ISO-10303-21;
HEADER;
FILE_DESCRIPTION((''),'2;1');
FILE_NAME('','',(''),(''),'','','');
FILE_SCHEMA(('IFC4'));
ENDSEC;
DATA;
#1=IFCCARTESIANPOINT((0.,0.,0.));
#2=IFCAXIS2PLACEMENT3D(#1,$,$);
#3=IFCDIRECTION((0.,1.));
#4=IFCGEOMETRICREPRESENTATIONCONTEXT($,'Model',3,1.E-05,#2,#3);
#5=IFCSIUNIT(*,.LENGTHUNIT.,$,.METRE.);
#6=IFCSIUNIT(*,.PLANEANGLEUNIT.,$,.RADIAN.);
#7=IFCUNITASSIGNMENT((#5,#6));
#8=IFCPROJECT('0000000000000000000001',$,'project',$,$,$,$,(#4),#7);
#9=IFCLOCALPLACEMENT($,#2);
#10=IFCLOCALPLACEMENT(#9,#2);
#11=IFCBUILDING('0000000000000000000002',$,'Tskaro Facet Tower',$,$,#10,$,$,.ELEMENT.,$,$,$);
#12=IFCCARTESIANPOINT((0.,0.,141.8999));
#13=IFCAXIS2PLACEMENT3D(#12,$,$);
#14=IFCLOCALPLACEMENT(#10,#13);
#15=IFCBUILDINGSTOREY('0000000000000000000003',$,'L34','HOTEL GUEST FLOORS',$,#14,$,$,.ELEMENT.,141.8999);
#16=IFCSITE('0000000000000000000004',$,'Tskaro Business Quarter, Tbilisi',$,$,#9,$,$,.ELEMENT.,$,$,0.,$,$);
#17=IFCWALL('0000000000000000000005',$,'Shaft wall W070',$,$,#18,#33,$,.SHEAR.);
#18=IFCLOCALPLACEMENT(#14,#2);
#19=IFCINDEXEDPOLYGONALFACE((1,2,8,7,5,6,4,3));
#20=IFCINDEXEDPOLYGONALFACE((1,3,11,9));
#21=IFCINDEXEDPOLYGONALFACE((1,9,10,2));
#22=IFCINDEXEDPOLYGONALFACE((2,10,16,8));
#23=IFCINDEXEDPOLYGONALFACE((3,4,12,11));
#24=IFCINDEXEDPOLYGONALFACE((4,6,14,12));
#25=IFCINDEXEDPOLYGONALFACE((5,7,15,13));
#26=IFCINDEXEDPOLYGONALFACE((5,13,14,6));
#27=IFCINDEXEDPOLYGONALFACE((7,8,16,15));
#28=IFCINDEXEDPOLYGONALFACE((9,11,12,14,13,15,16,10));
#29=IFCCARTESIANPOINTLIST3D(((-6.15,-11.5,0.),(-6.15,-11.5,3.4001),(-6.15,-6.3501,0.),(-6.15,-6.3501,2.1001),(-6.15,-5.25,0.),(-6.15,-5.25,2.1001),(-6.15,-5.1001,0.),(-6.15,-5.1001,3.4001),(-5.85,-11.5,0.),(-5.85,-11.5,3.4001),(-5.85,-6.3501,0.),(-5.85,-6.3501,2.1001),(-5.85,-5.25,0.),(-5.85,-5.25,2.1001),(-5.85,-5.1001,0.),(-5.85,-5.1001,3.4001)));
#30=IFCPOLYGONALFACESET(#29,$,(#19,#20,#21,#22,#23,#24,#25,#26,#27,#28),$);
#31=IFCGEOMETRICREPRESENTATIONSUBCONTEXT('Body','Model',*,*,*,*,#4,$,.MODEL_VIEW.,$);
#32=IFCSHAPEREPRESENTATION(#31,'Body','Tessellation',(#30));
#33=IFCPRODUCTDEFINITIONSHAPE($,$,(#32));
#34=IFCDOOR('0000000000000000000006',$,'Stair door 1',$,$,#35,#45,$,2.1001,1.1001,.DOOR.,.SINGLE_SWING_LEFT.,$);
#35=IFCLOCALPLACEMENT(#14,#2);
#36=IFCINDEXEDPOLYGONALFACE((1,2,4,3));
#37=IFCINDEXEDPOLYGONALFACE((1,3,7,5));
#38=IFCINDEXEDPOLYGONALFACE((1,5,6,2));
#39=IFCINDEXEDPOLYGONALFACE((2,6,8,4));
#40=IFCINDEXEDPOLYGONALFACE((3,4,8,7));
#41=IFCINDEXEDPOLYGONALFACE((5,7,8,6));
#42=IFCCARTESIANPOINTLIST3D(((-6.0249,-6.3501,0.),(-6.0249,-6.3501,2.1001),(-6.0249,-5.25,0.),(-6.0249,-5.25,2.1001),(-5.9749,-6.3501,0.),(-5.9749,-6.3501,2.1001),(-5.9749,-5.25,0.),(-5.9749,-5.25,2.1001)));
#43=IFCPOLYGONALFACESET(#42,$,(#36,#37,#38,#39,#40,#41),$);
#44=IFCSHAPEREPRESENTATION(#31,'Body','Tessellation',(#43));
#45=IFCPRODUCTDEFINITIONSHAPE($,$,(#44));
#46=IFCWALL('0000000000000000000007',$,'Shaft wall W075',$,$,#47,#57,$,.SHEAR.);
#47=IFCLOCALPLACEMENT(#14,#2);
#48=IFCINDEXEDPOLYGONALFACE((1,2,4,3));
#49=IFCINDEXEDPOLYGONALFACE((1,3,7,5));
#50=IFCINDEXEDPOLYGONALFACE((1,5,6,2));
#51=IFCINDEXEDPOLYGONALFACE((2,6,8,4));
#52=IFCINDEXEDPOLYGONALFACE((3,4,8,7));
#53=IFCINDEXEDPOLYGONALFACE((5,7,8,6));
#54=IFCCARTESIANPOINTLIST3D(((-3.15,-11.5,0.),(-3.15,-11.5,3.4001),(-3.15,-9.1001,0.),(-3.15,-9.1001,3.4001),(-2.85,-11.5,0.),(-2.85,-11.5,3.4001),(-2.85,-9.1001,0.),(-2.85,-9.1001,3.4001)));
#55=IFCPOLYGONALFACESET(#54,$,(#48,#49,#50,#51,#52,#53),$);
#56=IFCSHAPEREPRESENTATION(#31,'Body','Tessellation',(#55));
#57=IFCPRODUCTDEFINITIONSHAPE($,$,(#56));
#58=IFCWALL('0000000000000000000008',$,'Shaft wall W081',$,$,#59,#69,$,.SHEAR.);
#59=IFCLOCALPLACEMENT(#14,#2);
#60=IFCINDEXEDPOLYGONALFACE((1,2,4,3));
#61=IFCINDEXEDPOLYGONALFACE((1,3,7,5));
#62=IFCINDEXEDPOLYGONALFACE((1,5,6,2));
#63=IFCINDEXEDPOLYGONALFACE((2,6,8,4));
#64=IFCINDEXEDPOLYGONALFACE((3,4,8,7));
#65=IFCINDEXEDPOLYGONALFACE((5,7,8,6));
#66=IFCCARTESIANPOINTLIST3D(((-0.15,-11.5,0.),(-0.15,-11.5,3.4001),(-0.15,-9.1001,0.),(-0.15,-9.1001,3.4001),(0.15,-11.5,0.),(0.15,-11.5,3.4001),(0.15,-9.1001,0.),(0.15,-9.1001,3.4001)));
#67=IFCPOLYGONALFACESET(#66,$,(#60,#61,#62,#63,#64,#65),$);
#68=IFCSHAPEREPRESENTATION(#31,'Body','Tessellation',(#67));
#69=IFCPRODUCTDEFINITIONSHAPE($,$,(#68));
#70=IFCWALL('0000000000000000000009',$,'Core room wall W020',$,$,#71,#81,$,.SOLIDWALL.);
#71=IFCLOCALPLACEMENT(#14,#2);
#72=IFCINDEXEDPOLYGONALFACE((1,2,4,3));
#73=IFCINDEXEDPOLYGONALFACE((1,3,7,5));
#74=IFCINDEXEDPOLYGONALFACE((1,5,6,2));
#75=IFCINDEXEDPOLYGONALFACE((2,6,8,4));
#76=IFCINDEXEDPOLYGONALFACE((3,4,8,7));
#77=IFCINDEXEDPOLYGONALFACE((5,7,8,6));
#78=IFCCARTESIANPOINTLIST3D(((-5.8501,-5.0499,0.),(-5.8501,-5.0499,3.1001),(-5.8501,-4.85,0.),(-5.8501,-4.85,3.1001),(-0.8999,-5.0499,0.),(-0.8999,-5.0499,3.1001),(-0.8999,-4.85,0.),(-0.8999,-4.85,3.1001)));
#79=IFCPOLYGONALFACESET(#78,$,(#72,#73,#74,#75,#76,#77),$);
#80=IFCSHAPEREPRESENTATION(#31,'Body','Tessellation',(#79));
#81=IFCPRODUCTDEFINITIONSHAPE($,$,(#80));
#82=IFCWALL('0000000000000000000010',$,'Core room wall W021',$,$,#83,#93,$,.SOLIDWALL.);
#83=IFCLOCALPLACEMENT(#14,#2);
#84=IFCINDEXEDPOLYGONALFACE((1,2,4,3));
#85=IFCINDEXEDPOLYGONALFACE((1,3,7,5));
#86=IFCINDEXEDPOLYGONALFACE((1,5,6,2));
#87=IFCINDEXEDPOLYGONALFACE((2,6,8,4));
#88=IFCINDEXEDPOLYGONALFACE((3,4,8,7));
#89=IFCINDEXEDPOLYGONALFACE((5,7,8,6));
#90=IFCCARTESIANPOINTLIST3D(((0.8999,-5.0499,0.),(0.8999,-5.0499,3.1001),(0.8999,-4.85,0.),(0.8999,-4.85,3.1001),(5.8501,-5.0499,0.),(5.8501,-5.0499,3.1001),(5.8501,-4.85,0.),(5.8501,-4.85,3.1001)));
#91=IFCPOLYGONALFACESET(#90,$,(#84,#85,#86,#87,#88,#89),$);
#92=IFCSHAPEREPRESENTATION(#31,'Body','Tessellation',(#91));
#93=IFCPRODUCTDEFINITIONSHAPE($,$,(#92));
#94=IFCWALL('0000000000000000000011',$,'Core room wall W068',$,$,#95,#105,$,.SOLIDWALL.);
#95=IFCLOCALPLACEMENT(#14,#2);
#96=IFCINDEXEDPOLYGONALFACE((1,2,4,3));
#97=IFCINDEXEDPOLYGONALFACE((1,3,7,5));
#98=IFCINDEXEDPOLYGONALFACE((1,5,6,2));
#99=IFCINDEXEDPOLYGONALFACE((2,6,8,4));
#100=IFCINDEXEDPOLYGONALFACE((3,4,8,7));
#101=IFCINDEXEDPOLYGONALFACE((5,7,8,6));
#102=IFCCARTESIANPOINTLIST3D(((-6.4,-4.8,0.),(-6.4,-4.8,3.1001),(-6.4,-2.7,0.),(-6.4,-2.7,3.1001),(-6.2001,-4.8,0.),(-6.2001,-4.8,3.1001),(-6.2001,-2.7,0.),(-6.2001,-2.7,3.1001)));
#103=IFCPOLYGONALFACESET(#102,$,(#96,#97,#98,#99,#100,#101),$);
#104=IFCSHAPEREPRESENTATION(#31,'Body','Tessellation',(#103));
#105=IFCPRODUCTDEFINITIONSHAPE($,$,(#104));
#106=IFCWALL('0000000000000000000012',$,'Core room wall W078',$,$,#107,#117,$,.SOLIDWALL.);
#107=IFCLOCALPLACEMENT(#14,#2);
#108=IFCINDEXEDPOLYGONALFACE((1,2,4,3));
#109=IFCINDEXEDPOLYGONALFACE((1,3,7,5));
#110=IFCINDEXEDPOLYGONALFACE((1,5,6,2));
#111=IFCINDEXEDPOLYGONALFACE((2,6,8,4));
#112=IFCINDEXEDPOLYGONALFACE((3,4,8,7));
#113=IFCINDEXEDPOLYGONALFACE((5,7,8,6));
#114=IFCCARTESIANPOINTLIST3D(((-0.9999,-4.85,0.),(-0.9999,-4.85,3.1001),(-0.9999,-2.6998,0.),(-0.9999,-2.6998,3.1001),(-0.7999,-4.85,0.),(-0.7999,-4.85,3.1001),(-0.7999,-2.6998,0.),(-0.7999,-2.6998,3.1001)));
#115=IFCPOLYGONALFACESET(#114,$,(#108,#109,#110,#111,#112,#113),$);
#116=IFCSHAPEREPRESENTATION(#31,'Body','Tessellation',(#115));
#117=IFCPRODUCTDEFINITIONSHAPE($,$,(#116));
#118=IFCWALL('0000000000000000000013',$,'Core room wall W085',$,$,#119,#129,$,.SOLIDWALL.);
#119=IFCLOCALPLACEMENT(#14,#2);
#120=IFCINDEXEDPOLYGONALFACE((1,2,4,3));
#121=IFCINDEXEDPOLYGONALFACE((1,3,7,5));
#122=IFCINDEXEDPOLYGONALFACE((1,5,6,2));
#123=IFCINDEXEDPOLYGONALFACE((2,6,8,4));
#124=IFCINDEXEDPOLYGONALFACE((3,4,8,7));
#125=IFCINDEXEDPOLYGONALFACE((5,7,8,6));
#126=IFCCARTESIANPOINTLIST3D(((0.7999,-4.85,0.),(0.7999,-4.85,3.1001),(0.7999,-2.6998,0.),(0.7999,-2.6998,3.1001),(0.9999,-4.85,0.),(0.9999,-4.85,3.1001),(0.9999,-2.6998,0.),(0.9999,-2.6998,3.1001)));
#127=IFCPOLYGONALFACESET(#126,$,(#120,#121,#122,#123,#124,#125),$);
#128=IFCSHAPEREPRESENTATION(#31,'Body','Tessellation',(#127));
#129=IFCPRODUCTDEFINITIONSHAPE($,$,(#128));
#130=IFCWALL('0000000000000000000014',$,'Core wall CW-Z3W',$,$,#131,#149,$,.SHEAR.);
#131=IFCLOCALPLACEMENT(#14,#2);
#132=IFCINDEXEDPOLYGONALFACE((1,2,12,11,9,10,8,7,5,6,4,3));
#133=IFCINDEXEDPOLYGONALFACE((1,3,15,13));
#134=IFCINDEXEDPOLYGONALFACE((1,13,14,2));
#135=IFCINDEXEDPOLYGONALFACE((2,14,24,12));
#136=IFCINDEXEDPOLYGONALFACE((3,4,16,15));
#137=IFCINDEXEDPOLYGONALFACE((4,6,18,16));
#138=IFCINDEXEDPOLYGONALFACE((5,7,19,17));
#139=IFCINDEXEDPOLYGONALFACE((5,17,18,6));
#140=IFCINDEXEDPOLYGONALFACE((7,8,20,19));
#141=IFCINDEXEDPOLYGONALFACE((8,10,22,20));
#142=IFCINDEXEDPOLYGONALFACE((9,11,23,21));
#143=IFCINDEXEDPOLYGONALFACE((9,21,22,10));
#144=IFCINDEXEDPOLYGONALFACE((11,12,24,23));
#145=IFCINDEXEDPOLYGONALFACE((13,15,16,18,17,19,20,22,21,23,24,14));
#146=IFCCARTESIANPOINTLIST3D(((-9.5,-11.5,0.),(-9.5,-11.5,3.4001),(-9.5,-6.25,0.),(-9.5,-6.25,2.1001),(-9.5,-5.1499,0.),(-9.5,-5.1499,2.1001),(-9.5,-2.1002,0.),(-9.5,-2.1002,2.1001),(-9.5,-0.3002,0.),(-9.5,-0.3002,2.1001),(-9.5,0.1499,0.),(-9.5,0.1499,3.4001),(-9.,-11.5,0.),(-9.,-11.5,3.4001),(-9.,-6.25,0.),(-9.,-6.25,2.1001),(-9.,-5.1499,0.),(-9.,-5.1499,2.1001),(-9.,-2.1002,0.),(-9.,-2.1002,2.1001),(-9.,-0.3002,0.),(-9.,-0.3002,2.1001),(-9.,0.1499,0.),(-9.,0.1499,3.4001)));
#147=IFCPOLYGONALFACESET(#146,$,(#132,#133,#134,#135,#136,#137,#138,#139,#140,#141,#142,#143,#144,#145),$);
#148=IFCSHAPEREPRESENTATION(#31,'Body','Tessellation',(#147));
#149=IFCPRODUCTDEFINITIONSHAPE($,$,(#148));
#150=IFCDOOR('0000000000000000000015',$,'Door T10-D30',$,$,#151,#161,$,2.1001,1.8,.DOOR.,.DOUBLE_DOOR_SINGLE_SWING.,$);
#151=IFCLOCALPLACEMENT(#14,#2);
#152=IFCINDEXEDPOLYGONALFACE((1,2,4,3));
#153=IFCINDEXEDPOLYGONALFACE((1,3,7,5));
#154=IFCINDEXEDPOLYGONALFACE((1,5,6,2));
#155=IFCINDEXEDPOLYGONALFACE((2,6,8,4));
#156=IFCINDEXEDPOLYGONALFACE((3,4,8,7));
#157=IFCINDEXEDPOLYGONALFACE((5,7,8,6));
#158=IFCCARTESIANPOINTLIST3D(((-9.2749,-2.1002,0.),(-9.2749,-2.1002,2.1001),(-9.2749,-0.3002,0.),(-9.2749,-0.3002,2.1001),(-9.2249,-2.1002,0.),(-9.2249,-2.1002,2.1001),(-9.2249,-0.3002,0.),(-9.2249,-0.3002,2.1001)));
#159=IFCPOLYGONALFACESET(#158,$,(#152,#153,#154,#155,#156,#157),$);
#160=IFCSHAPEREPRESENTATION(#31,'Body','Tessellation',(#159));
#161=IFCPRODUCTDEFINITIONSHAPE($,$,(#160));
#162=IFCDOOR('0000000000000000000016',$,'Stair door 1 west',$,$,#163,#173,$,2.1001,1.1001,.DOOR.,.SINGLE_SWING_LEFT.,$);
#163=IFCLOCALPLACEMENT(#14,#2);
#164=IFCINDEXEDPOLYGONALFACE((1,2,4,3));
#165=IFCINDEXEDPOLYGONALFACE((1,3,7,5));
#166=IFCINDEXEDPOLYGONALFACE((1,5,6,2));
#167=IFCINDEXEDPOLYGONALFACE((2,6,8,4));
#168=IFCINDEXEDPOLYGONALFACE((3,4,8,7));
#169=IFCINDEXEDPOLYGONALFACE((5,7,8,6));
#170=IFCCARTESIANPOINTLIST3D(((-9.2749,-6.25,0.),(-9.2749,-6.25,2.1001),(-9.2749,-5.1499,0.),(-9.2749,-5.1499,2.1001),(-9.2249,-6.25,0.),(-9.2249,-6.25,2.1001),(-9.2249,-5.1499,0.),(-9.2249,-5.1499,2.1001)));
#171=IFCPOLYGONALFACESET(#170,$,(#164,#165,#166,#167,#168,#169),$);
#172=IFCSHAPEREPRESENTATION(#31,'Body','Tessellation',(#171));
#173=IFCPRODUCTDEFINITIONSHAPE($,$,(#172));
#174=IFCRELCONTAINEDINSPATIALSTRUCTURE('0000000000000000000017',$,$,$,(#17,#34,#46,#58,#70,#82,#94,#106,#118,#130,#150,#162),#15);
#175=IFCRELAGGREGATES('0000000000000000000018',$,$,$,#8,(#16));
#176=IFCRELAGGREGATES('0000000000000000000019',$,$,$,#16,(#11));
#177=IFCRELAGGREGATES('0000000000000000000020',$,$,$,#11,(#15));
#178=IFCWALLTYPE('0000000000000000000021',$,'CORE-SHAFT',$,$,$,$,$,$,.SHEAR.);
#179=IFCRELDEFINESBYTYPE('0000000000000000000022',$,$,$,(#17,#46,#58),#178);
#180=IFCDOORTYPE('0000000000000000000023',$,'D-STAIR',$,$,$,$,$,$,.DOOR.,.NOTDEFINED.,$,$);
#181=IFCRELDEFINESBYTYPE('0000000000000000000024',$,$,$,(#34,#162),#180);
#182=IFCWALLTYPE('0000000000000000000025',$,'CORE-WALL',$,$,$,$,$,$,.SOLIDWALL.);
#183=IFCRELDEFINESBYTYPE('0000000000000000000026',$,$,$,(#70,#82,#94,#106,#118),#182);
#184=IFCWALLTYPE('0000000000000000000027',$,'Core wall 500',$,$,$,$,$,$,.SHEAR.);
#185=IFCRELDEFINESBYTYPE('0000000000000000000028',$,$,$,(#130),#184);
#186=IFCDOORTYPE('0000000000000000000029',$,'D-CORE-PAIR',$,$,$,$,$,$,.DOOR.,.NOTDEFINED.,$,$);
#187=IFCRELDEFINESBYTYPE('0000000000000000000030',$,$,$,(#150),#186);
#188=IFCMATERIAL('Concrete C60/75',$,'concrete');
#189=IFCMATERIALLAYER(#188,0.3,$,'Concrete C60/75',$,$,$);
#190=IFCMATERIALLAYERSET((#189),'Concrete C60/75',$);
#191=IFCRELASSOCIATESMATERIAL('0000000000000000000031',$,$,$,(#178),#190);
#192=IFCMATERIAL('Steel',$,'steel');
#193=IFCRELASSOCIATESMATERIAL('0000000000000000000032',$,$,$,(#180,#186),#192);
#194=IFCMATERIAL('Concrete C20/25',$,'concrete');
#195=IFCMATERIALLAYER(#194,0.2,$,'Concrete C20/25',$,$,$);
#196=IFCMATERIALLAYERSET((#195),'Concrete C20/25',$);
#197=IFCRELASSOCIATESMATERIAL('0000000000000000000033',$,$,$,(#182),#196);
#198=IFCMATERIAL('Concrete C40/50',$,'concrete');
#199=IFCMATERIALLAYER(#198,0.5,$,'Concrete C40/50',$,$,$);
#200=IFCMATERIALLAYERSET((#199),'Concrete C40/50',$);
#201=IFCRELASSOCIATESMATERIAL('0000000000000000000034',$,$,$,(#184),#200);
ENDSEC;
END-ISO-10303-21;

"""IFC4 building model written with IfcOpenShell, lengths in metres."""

from ifc_helpers import new_model, si_unit, direction, frame, frame_2d, origin, place, context, subcontext, project, spatial, rectangle, extrude, material, layer, layer_set, type_object, element, fill, save


model = new_model("IFC4")

# Units and contexts
model_context = context("Model", 3, precision=1e-05, world=origin(), true_north=direction((0.0, 1.0)))
body_context = subcontext(model_context, "Body", "Model", "MODEL_VIEW")
ifc_project = project(units=[si_unit("LENGTHUNIT", "METRE"), si_unit("PLANEANGLEUNIT", "RADIAN")], contexts=[model_context])

# Site, building, storey
site_placement = place(None, origin())
site = spatial("IfcSite", under=ifc_project, at=site_placement, Name="Tskaro Business Quarter, Tbilisi", CompositionType="ELEMENT", RefElevation=0.0)
building_placement = place(site_placement, origin())
building = spatial("IfcBuilding", under=site, at=building_placement, Name="Tskaro Facet Tower", CompositionType="ELEMENT")
storey_placement = place(building_placement, frame((0.0, 0.0, 141.8999)))
storey = spatial("IfcBuildingStorey", under=building, at=storey_placement, Name="L34", Description="HOTEL GUEST FLOORS", CompositionType="ELEMENT", Elevation=141.8999)

# Shared definitions
ifc_material_1 = material(Name="Concrete C40/50", Category="concrete")

# Shared definitions
ifc_material_2 = material(Name="Concrete C60/75", Category="concrete")

# Shared definitions
ifc_layer_1 = layer(ifc_material_2, 0.3, Name="Concrete C60/75")
ifc_layer_set_1 = layer_set([ifc_layer_1], Name="Concrete C60/75")
wall_type_1 = type_object("IfcWallType", Name="CORE-SHAFT", PredefinedType="SHEAR", material=ifc_layer_set_1)

# Wall, opening, door
wall_1_placement = place(storey_placement, frame((-6.0, -11.5, 0.0), z_axis=(0.0, 0.0, 1.0), x_axis=(0.0, 1.0, 0.0)))
wall_1 = element("IfcWall", 1, at=wall_1_placement, inside=storey, type_object=wall_type_1, Name="Shaft wall W070", PredefinedType="SHEAR", context=body_context, shape_type="SweptSolid", body=[
    extrude(rectangle(XDim=6.3999, YDim=0.3, at=frame_2d((3.2, 0.0))), origin(), (0.0, 0.0, 1.0), 3.4001),
])
opening_1_placement = place(wall_1_placement, frame((5.1499, 0.0, 0.0)))
opening_1 = element("IfcOpeningElement", 2, at=opening_1_placement, cuts=wall_1, PredefinedType="OPENING", context=body_context, shape_type="SweptSolid", body=[
    extrude(rectangle(XDim=1.1001, YDim=2.1001, at=frame_2d((0.55, 1.05))), frame((0.0, 0.1599, 0.0), z_axis=(0.0, -1.0, 0.0), x_axis=(1.0, 0.0, 0.0)), (0.0, 0.0, 1.0), 0.3201),
])
ifc_material_3 = material(Name="Steel", Category="steel")
door_type_1 = type_object("IfcDoorType", Name="D-STAIR", OperationType="NOTDEFINED", PredefinedType="DOOR", material=ifc_material_3)
door_1_placement = place(opening_1_placement, origin())
door_1 = element("IfcDoor", 3, at=door_1_placement, inside=storey, type_object=door_type_1, Name="Stair door 1", OperationType="SINGLE_SWING_LEFT", OverallHeight=2.1001, OverallWidth=1.1001, PredefinedType="DOOR", context=body_context, shape_type="SweptSolid", body=[
    extrude(rectangle(XDim=1.1001, YDim=2.1001, at=frame_2d((0.55, 1.05))), frame((0.0, 0.0249, 0.0), z_axis=(0.0, -1.0, 0.0), x_axis=(1.0, 0.0, 0.0)), (0.0, 0.0, 1.0), 0.05),
])
fill(opening_1, door_1)

# Walls
for number, where, z_axis, x_axis, name in (
    (4, (-3.0, -11.5, 0.0), (0.0, 0.0, 1.0), (0.0, 1.0, 0.0), "Shaft wall W075"),
    (5, (0.0, -11.5, 0.0), (0.0, 0.0, 1.0), (0.0, 1.0, 0.0), "Shaft wall W081"),
):
    element("IfcWall", number, at=place(storey_placement, frame(where, z_axis=z_axis, x_axis=x_axis)), inside=storey, type_object=wall_type_1, Name=name, PredefinedType="SHEAR", context=body_context, shape_type="SweptSolid", body=[
        extrude(rectangle(XDim=2.3999, YDim=0.3, at=frame_2d((1.2, 0.0))), origin(), (0.0, 0.0, 1.0), 3.4001),
    ])
ifc_material_4 = material(Name="Concrete C20/25", Category="concrete")
ifc_layer_2 = layer(ifc_material_4, 0.2, Name="Concrete C20/25")
ifc_layer_set_2 = layer_set([ifc_layer_2], Name="Concrete C20/25")
wall_type_2 = type_object("IfcWallType", Name="CORE-WALL", PredefinedType="SOLIDWALL", material=ifc_layer_set_2)
for number, where, z_axis, x_axis, name in (
    (6, (-5.8501, -4.95, 0.0), (0.0, 0.0, 1.0), (1.0, 0.0, 0.0), "Core room wall W020"),
    (7, (0.8999, -4.95, 0.0), (0.0, 0.0, 1.0), (1.0, 0.0, 0.0), "Core room wall W021"),
):
    element("IfcWall", number, at=place(storey_placement, frame(where, z_axis=z_axis, x_axis=x_axis)), inside=storey, type_object=wall_type_2, Name=name, PredefinedType="SOLIDWALL", context=body_context, shape_type="SweptSolid", body=[
        extrude(rectangle(XDim=4.9502, YDim=0.2, at=frame_2d((2.4751, 0.0))), origin(), (0.0, 0.0, 1.0), 3.1001),
    ])
wall_2_placement = place(storey_placement, frame((-6.3, -4.8, 0.0), z_axis=(0.0, 0.0, 1.0), x_axis=(0.0, 1.0, 0.0)))
element("IfcWall", 8, at=wall_2_placement, inside=storey, type_object=wall_type_2, Name="Core room wall W068", PredefinedType="SOLIDWALL", context=body_context, shape_type="SweptSolid", body=[
    extrude(rectangle(XDim=2.1001, YDim=0.2, at=frame_2d((1.05, 0.0))), origin(), (0.0, 0.0, 1.0), 3.1001),
])
for number, where, z_axis, x_axis, name in (
    (9, (-0.8999, -4.8501, 0.0), (0.0, 0.0, 1.0), (0.0, 1.0, 0.0), "Core room wall W078"),
    (10, (0.8999, -4.8501, 0.0), (0.0, 0.0, 1.0), (0.0, 1.0, 0.0), "Core room wall W085"),
):
    element("IfcWall", number, at=place(storey_placement, frame(where, z_axis=z_axis, x_axis=x_axis)), inside=storey, type_object=wall_type_2, Name=name, PredefinedType="SOLIDWALL", context=body_context, shape_type="SweptSolid", body=[
        extrude(rectangle(XDim=2.1501, YDim=0.2, at=frame_2d((1.0752, 0.0))), origin(), (0.0, 0.0, 1.0), 3.1001),
    ])

# Wall, openings, doors
ifc_layer_3 = layer(ifc_material_1, 0.5, Name="Concrete C40/50")
ifc_layer_set_3 = layer_set([ifc_layer_3], Name="Concrete C40/50")
wall_type_3 = type_object("IfcWallType", Name="Core wall 500", PredefinedType="SHEAR", material=ifc_layer_set_3)
wall_3_placement = place(storey_placement, frame((-9.25, -11.5, 0.0), z_axis=(0.0, 0.0, 1.0), x_axis=(0.0, 1.0, 0.0)))
wall_3 = element("IfcWall", 11, at=wall_3_placement, inside=storey, type_object=wall_type_3, Name="Core wall CW-Z3W", PredefinedType="SHEAR", context=body_context, shape_type="SweptSolid", body=[
    extrude(rectangle(XDim=11.6499, YDim=0.5, at=frame_2d((5.825, 0.0))), origin(), (0.0, 0.0, 1.0), 3.4001),
])
opening_2_placement = place(wall_3_placement, frame((9.3999, 0.0, 0.0)))
opening_2 = element("IfcOpeningElement", 12, at=opening_2_placement, cuts=wall_3, PredefinedType="OPENING", context=body_context, shape_type="SweptSolid", body=[
    extrude(rectangle(XDim=1.8, YDim=2.1001, at=frame_2d((0.8999, 1.05))), frame((0.0, 0.26, 0.0), z_axis=(0.0, -1.0, 0.0), x_axis=(1.0, 0.0, 0.0)), (0.0, 0.0, 1.0), 0.52),
])
opening_3_placement = place(wall_3_placement, frame((5.25, 0.0, 0.0)))
opening_3 = element("IfcOpeningElement", 13, at=opening_3_placement, cuts=wall_3, PredefinedType="OPENING", context=body_context, shape_type="SweptSolid", body=[
    extrude(rectangle(XDim=1.1001, YDim=2.1001, at=frame_2d((0.55, 1.05))), frame((0.0, 0.26, 0.0), z_axis=(0.0, -1.0, 0.0), x_axis=(1.0, 0.0, 0.0)), (0.0, 0.0, 1.0), 0.52),
])
door_type_2 = type_object("IfcDoorType", Name="D-CORE-PAIR", OperationType="NOTDEFINED", PredefinedType="DOOR", material=ifc_material_3)
door_2_placement = place(opening_2_placement, origin())
door_2 = element("IfcDoor", 14, at=door_2_placement, inside=storey, type_object=door_type_2, Name="Door T10-D30", OperationType="DOUBLE_DOOR_SINGLE_SWING", OverallHeight=2.1001, OverallWidth=1.8, PredefinedType="DOOR", context=body_context, shape_type="SweptSolid", body=[
    extrude(rectangle(XDim=1.8, YDim=2.1001, at=frame_2d((0.8999, 1.05))), frame((0.0, 0.0249, 0.0), z_axis=(0.0, -1.0, 0.0), x_axis=(1.0, 0.0, 0.0)), (0.0, 0.0, 1.0), 0.05),
])
fill(opening_2, door_2)
door_3_placement = place(opening_3_placement, origin())
door_3 = element("IfcDoor", 15, at=door_3_placement, inside=storey, type_object=door_type_1, Name="Stair door 1 west", OperationType="SINGLE_SWING_LEFT", OverallHeight=2.1001, OverallWidth=1.1001, PredefinedType="DOOR", context=body_context, shape_type="SweptSolid", body=[
    extrude(rectangle(XDim=1.1001, YDim=2.1001, at=frame_2d((0.55, 1.05))), frame((0.0, 0.0249, 0.0), z_axis=(0.0, -1.0, 0.0), x_axis=(1.0, 0.0, 0.0)), (0.0, 0.0, 1.0), 0.05),
])
fill(opening_3, door_3)

save(model, "model.ifc")
